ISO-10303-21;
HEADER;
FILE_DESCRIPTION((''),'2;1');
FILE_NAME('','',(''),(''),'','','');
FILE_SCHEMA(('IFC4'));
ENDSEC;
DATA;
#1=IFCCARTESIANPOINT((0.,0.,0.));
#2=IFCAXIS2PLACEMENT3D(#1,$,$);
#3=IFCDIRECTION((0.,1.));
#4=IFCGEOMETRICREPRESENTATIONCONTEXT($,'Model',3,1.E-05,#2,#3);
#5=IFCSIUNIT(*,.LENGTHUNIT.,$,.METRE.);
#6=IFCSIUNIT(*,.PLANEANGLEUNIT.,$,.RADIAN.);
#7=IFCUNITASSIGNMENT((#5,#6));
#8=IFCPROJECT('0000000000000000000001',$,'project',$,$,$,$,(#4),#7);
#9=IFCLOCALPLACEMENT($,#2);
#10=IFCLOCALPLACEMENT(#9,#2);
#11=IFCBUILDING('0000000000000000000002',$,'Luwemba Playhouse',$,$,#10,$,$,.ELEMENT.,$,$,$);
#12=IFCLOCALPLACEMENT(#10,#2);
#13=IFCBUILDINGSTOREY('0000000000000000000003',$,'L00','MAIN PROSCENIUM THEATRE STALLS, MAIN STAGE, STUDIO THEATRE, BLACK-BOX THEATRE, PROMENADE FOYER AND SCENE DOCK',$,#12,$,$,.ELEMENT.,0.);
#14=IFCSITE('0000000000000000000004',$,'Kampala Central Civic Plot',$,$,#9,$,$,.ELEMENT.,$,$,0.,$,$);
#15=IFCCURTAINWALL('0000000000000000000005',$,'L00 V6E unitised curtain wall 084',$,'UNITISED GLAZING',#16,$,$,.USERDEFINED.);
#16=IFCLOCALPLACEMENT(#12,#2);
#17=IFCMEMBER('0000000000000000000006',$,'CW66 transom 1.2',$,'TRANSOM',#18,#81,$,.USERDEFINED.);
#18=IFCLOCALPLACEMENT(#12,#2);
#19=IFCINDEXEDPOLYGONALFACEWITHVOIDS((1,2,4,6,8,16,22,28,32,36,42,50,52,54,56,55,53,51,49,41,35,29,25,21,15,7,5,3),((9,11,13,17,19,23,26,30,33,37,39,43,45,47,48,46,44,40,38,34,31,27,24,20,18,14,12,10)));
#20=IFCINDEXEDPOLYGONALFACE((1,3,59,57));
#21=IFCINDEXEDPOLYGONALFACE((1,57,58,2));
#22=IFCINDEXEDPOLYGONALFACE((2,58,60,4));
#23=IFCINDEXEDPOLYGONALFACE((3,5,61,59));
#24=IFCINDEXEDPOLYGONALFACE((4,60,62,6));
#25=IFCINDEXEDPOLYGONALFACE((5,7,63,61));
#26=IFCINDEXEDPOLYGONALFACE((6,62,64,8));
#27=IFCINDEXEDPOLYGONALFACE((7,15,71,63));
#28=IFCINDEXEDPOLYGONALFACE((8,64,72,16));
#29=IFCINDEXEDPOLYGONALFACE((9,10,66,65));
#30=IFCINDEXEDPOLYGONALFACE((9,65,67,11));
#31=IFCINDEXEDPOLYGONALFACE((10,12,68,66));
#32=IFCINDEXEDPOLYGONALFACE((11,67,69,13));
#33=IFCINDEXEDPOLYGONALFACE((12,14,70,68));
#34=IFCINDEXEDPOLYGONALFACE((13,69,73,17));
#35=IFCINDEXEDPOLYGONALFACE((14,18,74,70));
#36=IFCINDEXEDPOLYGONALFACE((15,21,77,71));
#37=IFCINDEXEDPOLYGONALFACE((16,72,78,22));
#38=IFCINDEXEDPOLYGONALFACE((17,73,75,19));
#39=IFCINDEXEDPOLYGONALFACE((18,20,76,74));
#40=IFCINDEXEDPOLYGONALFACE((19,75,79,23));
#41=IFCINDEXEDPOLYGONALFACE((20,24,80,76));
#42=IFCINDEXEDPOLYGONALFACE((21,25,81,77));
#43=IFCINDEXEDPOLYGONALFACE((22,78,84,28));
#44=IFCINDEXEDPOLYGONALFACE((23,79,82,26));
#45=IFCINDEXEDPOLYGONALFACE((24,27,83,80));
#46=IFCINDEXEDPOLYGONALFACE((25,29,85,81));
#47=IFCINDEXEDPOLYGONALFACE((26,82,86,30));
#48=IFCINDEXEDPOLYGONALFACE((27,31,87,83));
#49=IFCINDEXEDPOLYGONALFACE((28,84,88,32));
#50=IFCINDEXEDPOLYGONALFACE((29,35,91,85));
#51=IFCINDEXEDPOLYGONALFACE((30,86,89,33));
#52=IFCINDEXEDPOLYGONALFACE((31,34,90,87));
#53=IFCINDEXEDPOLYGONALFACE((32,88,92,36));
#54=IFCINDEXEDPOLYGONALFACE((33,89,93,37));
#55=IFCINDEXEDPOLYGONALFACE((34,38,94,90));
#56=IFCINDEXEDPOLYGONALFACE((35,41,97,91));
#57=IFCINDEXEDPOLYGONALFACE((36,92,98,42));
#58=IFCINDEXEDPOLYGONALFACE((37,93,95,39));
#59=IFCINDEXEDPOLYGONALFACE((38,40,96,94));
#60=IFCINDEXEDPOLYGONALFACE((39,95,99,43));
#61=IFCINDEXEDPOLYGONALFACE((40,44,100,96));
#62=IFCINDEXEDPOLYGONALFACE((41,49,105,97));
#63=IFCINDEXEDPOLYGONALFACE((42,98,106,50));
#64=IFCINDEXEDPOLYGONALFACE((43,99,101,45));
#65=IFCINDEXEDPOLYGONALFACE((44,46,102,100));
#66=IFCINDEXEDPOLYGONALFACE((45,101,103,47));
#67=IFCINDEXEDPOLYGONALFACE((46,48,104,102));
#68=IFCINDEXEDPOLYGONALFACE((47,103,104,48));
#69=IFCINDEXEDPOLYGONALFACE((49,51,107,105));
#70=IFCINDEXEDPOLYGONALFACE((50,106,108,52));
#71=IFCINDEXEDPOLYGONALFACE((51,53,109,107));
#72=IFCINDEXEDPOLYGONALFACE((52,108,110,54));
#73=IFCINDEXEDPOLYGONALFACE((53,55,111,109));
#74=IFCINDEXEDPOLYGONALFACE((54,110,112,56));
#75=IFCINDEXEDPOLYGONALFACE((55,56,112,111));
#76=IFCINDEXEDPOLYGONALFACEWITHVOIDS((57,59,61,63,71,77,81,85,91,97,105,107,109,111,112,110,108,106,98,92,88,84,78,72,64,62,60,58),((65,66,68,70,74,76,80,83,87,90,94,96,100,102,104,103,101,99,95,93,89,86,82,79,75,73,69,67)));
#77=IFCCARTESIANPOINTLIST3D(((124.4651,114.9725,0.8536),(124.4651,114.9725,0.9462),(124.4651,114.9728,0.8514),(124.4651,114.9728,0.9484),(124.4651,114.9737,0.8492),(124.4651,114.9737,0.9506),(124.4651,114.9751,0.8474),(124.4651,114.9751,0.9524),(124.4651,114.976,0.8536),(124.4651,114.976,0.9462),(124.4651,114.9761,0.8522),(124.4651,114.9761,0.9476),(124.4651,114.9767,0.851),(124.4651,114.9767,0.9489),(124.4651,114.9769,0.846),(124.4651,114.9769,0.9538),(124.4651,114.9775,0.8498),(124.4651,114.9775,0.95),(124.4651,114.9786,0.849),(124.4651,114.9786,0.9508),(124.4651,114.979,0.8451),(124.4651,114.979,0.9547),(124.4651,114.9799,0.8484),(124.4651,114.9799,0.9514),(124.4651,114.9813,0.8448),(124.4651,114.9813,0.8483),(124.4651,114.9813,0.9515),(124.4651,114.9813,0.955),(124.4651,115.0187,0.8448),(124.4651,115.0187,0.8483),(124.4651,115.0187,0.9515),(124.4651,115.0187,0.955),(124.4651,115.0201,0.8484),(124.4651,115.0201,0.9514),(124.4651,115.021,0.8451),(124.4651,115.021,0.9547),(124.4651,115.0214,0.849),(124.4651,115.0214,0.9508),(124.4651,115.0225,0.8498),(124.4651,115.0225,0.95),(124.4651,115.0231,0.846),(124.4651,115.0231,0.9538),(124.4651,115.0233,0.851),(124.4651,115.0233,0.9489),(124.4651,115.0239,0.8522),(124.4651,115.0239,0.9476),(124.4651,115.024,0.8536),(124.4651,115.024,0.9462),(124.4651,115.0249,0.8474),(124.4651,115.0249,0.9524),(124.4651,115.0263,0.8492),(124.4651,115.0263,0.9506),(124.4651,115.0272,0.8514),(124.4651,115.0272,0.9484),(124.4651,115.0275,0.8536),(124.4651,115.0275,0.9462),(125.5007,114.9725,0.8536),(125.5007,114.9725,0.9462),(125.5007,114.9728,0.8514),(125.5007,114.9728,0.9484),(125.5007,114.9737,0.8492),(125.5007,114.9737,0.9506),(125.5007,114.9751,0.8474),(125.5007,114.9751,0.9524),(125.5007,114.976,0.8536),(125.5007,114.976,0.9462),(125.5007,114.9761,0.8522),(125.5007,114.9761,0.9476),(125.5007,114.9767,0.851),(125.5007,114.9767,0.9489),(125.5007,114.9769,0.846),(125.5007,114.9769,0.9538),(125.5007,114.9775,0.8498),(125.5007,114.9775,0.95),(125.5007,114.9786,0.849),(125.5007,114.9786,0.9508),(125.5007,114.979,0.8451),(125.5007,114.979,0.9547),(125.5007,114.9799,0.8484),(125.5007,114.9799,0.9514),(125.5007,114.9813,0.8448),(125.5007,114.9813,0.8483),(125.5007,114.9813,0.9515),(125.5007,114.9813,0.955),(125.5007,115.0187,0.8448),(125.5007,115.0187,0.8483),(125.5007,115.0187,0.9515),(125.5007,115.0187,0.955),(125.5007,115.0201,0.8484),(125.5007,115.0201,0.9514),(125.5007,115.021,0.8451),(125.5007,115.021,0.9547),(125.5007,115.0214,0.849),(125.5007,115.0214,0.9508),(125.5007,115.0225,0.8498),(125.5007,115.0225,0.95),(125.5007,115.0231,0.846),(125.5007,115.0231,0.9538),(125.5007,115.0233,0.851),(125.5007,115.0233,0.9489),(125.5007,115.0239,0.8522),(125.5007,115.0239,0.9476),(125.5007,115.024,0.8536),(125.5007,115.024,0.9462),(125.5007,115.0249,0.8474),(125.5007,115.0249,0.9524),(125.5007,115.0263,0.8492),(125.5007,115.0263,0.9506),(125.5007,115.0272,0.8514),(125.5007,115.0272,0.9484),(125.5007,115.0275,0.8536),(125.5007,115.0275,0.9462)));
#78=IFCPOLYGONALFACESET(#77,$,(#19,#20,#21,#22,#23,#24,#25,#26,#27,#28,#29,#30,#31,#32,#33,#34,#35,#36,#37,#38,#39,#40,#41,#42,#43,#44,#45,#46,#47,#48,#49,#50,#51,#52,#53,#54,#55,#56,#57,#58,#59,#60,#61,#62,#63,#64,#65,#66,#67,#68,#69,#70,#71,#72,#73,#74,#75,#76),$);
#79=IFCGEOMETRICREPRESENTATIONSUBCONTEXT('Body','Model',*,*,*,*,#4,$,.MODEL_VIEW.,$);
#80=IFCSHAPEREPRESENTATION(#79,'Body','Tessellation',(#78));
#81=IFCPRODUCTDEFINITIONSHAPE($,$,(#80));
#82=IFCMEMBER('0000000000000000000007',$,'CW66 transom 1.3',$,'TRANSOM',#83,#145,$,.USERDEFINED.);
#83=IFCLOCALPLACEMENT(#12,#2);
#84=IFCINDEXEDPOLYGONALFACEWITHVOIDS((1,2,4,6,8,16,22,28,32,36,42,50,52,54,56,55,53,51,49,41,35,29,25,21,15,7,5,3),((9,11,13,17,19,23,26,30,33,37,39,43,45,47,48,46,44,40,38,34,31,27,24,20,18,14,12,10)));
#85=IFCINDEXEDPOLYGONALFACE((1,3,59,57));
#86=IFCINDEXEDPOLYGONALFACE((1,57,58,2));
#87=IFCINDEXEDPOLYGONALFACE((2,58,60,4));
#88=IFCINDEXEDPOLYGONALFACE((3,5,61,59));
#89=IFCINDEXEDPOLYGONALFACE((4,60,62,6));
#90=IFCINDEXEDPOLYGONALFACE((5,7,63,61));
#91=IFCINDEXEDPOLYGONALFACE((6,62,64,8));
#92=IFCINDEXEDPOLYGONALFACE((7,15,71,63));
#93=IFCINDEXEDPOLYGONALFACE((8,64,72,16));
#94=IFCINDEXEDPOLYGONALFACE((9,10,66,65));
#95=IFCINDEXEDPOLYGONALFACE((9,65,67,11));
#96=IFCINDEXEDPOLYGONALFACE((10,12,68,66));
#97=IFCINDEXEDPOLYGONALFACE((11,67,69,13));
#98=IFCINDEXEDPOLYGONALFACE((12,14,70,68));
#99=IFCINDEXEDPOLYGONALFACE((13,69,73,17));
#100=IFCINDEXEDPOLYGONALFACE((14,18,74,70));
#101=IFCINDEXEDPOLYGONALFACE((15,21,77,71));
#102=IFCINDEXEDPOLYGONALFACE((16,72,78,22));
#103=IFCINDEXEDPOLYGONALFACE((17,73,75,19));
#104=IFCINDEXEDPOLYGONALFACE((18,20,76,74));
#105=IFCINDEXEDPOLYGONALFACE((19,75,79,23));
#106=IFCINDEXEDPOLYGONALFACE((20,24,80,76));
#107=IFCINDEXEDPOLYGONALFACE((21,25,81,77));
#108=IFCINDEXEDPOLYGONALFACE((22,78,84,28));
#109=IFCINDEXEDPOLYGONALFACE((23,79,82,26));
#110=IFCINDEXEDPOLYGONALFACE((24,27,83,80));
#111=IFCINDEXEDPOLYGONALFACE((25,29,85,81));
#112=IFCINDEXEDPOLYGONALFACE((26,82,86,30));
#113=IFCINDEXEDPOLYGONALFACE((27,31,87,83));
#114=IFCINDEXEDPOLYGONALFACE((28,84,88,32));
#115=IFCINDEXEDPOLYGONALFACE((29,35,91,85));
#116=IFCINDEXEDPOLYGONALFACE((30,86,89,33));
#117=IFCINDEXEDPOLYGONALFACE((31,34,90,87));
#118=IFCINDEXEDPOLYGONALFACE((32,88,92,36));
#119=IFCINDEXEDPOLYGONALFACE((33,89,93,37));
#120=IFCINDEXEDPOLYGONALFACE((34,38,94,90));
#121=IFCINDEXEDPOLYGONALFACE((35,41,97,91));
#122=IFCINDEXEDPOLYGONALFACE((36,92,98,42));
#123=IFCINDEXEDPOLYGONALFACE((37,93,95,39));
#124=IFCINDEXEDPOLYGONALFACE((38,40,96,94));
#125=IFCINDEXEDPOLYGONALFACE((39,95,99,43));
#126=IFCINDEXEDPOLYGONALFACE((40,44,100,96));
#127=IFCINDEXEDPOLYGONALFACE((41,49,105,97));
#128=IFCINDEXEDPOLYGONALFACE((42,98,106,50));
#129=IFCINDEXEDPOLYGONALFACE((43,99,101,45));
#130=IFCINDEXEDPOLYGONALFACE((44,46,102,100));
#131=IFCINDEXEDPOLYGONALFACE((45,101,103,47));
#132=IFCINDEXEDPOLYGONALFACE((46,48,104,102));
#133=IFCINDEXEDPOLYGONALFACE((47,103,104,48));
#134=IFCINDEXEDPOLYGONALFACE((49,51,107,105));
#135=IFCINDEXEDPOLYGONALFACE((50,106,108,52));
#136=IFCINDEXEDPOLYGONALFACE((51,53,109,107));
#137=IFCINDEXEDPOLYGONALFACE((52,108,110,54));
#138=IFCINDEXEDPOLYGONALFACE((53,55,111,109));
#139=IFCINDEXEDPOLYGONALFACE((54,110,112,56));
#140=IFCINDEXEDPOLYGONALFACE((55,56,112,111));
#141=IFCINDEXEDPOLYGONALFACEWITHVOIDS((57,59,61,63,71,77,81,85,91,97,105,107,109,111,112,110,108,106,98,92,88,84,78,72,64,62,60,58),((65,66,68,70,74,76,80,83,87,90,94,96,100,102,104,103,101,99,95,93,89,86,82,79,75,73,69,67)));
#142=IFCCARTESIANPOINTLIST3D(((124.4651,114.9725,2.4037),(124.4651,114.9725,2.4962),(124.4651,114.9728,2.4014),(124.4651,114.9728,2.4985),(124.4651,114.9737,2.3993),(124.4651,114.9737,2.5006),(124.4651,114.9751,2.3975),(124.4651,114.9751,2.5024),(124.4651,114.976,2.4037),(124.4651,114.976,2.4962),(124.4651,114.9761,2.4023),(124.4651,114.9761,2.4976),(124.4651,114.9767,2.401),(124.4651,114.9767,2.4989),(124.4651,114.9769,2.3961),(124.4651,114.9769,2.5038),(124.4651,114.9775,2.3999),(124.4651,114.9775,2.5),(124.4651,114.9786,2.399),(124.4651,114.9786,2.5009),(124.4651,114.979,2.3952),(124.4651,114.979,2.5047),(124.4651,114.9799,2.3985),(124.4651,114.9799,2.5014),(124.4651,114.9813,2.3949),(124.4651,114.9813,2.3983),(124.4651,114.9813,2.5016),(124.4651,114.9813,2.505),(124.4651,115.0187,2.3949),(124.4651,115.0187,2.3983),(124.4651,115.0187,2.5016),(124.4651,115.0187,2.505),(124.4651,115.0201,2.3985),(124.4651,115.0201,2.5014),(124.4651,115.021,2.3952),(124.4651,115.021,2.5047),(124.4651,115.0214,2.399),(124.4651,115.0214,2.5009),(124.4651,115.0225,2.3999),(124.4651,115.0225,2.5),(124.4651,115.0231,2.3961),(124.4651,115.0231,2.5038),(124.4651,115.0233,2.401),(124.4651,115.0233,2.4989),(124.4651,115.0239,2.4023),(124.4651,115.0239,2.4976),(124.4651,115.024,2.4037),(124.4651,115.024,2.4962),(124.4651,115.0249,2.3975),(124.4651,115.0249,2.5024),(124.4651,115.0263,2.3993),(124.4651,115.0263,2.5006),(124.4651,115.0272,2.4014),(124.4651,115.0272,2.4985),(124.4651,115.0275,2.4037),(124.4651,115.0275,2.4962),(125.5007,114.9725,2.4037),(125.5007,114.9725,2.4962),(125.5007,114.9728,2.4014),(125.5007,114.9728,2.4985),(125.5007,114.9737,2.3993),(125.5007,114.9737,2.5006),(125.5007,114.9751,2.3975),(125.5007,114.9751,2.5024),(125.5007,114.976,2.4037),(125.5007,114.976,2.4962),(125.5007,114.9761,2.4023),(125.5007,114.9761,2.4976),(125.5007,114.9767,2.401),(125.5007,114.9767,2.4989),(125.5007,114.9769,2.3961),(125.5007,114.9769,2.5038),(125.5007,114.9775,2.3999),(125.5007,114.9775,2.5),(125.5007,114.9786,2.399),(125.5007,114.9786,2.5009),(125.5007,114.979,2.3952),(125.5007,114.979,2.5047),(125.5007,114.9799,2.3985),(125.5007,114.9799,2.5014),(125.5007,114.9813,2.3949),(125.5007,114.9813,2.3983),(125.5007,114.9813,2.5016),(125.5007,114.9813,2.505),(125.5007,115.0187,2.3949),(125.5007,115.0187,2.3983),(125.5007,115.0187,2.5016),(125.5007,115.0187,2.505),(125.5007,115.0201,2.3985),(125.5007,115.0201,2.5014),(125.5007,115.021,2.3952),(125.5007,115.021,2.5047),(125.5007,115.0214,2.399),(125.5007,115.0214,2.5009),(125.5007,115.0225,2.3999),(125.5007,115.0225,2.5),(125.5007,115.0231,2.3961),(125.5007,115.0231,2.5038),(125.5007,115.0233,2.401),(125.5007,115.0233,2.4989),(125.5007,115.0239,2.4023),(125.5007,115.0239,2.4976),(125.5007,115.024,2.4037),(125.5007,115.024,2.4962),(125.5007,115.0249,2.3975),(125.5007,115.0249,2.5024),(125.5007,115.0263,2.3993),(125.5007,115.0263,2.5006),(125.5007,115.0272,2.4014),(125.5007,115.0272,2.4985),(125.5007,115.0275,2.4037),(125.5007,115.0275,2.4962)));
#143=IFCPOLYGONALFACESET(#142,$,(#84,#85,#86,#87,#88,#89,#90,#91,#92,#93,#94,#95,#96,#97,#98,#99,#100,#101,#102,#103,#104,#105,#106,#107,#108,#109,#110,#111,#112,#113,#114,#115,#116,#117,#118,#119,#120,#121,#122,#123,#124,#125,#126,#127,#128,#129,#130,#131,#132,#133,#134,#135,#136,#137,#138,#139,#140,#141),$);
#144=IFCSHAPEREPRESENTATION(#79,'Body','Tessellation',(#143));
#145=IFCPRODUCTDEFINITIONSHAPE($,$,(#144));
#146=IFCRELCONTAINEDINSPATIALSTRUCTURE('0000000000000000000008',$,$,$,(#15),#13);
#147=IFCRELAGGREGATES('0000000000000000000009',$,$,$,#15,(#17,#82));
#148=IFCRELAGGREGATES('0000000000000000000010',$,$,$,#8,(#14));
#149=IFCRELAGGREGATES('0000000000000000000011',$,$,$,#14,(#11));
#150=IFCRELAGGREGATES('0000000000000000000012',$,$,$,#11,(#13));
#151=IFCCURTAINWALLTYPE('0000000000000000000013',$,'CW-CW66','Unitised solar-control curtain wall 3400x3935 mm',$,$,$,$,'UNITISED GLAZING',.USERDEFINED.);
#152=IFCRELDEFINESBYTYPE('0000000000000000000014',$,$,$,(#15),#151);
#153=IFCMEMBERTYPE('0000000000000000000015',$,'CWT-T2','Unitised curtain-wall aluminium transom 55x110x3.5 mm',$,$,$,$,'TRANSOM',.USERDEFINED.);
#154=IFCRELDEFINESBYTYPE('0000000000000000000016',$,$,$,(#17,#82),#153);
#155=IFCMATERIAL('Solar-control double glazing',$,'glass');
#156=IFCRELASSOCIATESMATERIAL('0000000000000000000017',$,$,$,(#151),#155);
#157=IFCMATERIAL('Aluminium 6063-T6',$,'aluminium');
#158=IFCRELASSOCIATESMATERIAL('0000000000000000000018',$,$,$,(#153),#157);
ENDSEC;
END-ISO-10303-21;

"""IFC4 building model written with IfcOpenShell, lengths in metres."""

from ifc_helpers import new_model, si_unit, direction, frame, origin, origin_2d, place, context, subcontext, project, spatial, hollow_rectangle, extrude, material, material_profile, profile_set, type_object, element, aggregate, save


model = new_model("IFC4")

# Units and contexts
model_context = context("Model", 3, precision=1e-05, world=origin(), true_north=direction((0.0, 1.0)))
body_context = subcontext(model_context, "Body", "Model", "MODEL_VIEW")
ifc_project = project(units=[si_unit("LENGTHUNIT", "METRE"), si_unit("PLANEANGLEUNIT", "RADIAN")], contexts=[model_context])

# Site, building, storey
site_placement = place(None, origin())
site = spatial("IfcSite", under=ifc_project, at=site_placement, Name="Kampala Central Civic Plot", CompositionType="ELEMENT", RefElevation=0.0)
building_placement = place(site_placement, origin())
building = spatial("IfcBuilding", under=site, at=building_placement, Name="Luwemba Playhouse", CompositionType="ELEMENT")
storey_placement = place(building_placement, origin())
storey = spatial("IfcBuildingStorey", under=building, at=storey_placement, Name="L00", Description="MAIN PROSCENIUM THEATRE STALLS, MAIN STAGE, STUDIO THEATRE, BLACK-BOX THEATRE, PROMENADE FOYER AND SCENE DOCK", CompositionType="ELEMENT", Elevation=0.0)

# Curtain wall, members
ifc_material_1 = material(Name="Solar-control double glazing", Category="glass")
curtain_wall_type = type_object("IfcCurtainWallType", Name="CW-CW66", Description="Unitised solar-control curtain wall 3400x3935 mm", ElementType="UNITISED GLAZING", PredefinedType="USERDEFINED", material=ifc_material_1)
curtain_wall_placement = place(storey_placement, origin())
curtain_wall = element("IfcCurtainWall", 1, at=curtain_wall_placement, inside=storey, type_object=curtain_wall_type, Name="L00 V6E unitised curtain wall 084", ObjectType="UNITISED GLAZING", PredefinedType="USERDEFINED")
ifc_material_2 = material(Name="Aluminium 6063-T6", Category="aluminium")
ifc_material_profile_1 = material_profile(ifc_material_2, hollow_rectangle(XDim=0.0549, YDim=0.1101, WallThickness=0.0034, InnerFilletRadius=0.0054, OuterFilletRadius=0.0088, at=origin_2d()))
ifc_profile_set_1 = profile_set([ifc_material_profile_1], Name="Aluminium 6063-T6")
member_type_1 = type_object("IfcMemberType", Name="CWT-T2", Description="Unitised curtain-wall aluminium transom 55x110x3.5 mm", ElementType="TRANSOM", PredefinedType="USERDEFINED", material=ifc_profile_set_1)
member_1_placement = place(storey_placement, frame((124.4651, 115.0, 0.8999), z_axis=(1.0, 0.0, 0.0), x_axis=(0.0, 1.0, 0.0)))
member_1 = element("IfcMember", 2, at=member_1_placement, type_object=member_type_1, Name="CW66 transom 1.2", ObjectType="TRANSOM", PredefinedType="USERDEFINED", context=body_context, shape_type="SweptSolid", body=[
    extrude(hollow_rectangle(XDim=0.0549, YDim=0.1101, WallThickness=0.0034, InnerFilletRadius=0.0054, OuterFilletRadius=0.0088, at=origin_2d()), origin(), (0.0, 0.0, 1.0), 1.0356),
])
member_2_placement = place(storey_placement, frame((124.4651, 115.0, 2.45), z_axis=(1.0, 0.0, 0.0), x_axis=(0.0, 1.0, 0.0)))
member_2 = element("IfcMember", 3, at=member_2_placement, type_object=member_type_1, Name="CW66 transom 1.3", ObjectType="TRANSOM", PredefinedType="USERDEFINED", context=body_context, shape_type="SweptSolid", body=[
    extrude(hollow_rectangle(XDim=0.0549, YDim=0.1101, WallThickness=0.0034, InnerFilletRadius=0.0054, OuterFilletRadius=0.0088, at=origin_2d()), origin(), (0.0, 0.0, 1.0), 1.0356),
])
aggregate(curtain_wall, [member_1, member_2])

save(model, "model.ifc")
